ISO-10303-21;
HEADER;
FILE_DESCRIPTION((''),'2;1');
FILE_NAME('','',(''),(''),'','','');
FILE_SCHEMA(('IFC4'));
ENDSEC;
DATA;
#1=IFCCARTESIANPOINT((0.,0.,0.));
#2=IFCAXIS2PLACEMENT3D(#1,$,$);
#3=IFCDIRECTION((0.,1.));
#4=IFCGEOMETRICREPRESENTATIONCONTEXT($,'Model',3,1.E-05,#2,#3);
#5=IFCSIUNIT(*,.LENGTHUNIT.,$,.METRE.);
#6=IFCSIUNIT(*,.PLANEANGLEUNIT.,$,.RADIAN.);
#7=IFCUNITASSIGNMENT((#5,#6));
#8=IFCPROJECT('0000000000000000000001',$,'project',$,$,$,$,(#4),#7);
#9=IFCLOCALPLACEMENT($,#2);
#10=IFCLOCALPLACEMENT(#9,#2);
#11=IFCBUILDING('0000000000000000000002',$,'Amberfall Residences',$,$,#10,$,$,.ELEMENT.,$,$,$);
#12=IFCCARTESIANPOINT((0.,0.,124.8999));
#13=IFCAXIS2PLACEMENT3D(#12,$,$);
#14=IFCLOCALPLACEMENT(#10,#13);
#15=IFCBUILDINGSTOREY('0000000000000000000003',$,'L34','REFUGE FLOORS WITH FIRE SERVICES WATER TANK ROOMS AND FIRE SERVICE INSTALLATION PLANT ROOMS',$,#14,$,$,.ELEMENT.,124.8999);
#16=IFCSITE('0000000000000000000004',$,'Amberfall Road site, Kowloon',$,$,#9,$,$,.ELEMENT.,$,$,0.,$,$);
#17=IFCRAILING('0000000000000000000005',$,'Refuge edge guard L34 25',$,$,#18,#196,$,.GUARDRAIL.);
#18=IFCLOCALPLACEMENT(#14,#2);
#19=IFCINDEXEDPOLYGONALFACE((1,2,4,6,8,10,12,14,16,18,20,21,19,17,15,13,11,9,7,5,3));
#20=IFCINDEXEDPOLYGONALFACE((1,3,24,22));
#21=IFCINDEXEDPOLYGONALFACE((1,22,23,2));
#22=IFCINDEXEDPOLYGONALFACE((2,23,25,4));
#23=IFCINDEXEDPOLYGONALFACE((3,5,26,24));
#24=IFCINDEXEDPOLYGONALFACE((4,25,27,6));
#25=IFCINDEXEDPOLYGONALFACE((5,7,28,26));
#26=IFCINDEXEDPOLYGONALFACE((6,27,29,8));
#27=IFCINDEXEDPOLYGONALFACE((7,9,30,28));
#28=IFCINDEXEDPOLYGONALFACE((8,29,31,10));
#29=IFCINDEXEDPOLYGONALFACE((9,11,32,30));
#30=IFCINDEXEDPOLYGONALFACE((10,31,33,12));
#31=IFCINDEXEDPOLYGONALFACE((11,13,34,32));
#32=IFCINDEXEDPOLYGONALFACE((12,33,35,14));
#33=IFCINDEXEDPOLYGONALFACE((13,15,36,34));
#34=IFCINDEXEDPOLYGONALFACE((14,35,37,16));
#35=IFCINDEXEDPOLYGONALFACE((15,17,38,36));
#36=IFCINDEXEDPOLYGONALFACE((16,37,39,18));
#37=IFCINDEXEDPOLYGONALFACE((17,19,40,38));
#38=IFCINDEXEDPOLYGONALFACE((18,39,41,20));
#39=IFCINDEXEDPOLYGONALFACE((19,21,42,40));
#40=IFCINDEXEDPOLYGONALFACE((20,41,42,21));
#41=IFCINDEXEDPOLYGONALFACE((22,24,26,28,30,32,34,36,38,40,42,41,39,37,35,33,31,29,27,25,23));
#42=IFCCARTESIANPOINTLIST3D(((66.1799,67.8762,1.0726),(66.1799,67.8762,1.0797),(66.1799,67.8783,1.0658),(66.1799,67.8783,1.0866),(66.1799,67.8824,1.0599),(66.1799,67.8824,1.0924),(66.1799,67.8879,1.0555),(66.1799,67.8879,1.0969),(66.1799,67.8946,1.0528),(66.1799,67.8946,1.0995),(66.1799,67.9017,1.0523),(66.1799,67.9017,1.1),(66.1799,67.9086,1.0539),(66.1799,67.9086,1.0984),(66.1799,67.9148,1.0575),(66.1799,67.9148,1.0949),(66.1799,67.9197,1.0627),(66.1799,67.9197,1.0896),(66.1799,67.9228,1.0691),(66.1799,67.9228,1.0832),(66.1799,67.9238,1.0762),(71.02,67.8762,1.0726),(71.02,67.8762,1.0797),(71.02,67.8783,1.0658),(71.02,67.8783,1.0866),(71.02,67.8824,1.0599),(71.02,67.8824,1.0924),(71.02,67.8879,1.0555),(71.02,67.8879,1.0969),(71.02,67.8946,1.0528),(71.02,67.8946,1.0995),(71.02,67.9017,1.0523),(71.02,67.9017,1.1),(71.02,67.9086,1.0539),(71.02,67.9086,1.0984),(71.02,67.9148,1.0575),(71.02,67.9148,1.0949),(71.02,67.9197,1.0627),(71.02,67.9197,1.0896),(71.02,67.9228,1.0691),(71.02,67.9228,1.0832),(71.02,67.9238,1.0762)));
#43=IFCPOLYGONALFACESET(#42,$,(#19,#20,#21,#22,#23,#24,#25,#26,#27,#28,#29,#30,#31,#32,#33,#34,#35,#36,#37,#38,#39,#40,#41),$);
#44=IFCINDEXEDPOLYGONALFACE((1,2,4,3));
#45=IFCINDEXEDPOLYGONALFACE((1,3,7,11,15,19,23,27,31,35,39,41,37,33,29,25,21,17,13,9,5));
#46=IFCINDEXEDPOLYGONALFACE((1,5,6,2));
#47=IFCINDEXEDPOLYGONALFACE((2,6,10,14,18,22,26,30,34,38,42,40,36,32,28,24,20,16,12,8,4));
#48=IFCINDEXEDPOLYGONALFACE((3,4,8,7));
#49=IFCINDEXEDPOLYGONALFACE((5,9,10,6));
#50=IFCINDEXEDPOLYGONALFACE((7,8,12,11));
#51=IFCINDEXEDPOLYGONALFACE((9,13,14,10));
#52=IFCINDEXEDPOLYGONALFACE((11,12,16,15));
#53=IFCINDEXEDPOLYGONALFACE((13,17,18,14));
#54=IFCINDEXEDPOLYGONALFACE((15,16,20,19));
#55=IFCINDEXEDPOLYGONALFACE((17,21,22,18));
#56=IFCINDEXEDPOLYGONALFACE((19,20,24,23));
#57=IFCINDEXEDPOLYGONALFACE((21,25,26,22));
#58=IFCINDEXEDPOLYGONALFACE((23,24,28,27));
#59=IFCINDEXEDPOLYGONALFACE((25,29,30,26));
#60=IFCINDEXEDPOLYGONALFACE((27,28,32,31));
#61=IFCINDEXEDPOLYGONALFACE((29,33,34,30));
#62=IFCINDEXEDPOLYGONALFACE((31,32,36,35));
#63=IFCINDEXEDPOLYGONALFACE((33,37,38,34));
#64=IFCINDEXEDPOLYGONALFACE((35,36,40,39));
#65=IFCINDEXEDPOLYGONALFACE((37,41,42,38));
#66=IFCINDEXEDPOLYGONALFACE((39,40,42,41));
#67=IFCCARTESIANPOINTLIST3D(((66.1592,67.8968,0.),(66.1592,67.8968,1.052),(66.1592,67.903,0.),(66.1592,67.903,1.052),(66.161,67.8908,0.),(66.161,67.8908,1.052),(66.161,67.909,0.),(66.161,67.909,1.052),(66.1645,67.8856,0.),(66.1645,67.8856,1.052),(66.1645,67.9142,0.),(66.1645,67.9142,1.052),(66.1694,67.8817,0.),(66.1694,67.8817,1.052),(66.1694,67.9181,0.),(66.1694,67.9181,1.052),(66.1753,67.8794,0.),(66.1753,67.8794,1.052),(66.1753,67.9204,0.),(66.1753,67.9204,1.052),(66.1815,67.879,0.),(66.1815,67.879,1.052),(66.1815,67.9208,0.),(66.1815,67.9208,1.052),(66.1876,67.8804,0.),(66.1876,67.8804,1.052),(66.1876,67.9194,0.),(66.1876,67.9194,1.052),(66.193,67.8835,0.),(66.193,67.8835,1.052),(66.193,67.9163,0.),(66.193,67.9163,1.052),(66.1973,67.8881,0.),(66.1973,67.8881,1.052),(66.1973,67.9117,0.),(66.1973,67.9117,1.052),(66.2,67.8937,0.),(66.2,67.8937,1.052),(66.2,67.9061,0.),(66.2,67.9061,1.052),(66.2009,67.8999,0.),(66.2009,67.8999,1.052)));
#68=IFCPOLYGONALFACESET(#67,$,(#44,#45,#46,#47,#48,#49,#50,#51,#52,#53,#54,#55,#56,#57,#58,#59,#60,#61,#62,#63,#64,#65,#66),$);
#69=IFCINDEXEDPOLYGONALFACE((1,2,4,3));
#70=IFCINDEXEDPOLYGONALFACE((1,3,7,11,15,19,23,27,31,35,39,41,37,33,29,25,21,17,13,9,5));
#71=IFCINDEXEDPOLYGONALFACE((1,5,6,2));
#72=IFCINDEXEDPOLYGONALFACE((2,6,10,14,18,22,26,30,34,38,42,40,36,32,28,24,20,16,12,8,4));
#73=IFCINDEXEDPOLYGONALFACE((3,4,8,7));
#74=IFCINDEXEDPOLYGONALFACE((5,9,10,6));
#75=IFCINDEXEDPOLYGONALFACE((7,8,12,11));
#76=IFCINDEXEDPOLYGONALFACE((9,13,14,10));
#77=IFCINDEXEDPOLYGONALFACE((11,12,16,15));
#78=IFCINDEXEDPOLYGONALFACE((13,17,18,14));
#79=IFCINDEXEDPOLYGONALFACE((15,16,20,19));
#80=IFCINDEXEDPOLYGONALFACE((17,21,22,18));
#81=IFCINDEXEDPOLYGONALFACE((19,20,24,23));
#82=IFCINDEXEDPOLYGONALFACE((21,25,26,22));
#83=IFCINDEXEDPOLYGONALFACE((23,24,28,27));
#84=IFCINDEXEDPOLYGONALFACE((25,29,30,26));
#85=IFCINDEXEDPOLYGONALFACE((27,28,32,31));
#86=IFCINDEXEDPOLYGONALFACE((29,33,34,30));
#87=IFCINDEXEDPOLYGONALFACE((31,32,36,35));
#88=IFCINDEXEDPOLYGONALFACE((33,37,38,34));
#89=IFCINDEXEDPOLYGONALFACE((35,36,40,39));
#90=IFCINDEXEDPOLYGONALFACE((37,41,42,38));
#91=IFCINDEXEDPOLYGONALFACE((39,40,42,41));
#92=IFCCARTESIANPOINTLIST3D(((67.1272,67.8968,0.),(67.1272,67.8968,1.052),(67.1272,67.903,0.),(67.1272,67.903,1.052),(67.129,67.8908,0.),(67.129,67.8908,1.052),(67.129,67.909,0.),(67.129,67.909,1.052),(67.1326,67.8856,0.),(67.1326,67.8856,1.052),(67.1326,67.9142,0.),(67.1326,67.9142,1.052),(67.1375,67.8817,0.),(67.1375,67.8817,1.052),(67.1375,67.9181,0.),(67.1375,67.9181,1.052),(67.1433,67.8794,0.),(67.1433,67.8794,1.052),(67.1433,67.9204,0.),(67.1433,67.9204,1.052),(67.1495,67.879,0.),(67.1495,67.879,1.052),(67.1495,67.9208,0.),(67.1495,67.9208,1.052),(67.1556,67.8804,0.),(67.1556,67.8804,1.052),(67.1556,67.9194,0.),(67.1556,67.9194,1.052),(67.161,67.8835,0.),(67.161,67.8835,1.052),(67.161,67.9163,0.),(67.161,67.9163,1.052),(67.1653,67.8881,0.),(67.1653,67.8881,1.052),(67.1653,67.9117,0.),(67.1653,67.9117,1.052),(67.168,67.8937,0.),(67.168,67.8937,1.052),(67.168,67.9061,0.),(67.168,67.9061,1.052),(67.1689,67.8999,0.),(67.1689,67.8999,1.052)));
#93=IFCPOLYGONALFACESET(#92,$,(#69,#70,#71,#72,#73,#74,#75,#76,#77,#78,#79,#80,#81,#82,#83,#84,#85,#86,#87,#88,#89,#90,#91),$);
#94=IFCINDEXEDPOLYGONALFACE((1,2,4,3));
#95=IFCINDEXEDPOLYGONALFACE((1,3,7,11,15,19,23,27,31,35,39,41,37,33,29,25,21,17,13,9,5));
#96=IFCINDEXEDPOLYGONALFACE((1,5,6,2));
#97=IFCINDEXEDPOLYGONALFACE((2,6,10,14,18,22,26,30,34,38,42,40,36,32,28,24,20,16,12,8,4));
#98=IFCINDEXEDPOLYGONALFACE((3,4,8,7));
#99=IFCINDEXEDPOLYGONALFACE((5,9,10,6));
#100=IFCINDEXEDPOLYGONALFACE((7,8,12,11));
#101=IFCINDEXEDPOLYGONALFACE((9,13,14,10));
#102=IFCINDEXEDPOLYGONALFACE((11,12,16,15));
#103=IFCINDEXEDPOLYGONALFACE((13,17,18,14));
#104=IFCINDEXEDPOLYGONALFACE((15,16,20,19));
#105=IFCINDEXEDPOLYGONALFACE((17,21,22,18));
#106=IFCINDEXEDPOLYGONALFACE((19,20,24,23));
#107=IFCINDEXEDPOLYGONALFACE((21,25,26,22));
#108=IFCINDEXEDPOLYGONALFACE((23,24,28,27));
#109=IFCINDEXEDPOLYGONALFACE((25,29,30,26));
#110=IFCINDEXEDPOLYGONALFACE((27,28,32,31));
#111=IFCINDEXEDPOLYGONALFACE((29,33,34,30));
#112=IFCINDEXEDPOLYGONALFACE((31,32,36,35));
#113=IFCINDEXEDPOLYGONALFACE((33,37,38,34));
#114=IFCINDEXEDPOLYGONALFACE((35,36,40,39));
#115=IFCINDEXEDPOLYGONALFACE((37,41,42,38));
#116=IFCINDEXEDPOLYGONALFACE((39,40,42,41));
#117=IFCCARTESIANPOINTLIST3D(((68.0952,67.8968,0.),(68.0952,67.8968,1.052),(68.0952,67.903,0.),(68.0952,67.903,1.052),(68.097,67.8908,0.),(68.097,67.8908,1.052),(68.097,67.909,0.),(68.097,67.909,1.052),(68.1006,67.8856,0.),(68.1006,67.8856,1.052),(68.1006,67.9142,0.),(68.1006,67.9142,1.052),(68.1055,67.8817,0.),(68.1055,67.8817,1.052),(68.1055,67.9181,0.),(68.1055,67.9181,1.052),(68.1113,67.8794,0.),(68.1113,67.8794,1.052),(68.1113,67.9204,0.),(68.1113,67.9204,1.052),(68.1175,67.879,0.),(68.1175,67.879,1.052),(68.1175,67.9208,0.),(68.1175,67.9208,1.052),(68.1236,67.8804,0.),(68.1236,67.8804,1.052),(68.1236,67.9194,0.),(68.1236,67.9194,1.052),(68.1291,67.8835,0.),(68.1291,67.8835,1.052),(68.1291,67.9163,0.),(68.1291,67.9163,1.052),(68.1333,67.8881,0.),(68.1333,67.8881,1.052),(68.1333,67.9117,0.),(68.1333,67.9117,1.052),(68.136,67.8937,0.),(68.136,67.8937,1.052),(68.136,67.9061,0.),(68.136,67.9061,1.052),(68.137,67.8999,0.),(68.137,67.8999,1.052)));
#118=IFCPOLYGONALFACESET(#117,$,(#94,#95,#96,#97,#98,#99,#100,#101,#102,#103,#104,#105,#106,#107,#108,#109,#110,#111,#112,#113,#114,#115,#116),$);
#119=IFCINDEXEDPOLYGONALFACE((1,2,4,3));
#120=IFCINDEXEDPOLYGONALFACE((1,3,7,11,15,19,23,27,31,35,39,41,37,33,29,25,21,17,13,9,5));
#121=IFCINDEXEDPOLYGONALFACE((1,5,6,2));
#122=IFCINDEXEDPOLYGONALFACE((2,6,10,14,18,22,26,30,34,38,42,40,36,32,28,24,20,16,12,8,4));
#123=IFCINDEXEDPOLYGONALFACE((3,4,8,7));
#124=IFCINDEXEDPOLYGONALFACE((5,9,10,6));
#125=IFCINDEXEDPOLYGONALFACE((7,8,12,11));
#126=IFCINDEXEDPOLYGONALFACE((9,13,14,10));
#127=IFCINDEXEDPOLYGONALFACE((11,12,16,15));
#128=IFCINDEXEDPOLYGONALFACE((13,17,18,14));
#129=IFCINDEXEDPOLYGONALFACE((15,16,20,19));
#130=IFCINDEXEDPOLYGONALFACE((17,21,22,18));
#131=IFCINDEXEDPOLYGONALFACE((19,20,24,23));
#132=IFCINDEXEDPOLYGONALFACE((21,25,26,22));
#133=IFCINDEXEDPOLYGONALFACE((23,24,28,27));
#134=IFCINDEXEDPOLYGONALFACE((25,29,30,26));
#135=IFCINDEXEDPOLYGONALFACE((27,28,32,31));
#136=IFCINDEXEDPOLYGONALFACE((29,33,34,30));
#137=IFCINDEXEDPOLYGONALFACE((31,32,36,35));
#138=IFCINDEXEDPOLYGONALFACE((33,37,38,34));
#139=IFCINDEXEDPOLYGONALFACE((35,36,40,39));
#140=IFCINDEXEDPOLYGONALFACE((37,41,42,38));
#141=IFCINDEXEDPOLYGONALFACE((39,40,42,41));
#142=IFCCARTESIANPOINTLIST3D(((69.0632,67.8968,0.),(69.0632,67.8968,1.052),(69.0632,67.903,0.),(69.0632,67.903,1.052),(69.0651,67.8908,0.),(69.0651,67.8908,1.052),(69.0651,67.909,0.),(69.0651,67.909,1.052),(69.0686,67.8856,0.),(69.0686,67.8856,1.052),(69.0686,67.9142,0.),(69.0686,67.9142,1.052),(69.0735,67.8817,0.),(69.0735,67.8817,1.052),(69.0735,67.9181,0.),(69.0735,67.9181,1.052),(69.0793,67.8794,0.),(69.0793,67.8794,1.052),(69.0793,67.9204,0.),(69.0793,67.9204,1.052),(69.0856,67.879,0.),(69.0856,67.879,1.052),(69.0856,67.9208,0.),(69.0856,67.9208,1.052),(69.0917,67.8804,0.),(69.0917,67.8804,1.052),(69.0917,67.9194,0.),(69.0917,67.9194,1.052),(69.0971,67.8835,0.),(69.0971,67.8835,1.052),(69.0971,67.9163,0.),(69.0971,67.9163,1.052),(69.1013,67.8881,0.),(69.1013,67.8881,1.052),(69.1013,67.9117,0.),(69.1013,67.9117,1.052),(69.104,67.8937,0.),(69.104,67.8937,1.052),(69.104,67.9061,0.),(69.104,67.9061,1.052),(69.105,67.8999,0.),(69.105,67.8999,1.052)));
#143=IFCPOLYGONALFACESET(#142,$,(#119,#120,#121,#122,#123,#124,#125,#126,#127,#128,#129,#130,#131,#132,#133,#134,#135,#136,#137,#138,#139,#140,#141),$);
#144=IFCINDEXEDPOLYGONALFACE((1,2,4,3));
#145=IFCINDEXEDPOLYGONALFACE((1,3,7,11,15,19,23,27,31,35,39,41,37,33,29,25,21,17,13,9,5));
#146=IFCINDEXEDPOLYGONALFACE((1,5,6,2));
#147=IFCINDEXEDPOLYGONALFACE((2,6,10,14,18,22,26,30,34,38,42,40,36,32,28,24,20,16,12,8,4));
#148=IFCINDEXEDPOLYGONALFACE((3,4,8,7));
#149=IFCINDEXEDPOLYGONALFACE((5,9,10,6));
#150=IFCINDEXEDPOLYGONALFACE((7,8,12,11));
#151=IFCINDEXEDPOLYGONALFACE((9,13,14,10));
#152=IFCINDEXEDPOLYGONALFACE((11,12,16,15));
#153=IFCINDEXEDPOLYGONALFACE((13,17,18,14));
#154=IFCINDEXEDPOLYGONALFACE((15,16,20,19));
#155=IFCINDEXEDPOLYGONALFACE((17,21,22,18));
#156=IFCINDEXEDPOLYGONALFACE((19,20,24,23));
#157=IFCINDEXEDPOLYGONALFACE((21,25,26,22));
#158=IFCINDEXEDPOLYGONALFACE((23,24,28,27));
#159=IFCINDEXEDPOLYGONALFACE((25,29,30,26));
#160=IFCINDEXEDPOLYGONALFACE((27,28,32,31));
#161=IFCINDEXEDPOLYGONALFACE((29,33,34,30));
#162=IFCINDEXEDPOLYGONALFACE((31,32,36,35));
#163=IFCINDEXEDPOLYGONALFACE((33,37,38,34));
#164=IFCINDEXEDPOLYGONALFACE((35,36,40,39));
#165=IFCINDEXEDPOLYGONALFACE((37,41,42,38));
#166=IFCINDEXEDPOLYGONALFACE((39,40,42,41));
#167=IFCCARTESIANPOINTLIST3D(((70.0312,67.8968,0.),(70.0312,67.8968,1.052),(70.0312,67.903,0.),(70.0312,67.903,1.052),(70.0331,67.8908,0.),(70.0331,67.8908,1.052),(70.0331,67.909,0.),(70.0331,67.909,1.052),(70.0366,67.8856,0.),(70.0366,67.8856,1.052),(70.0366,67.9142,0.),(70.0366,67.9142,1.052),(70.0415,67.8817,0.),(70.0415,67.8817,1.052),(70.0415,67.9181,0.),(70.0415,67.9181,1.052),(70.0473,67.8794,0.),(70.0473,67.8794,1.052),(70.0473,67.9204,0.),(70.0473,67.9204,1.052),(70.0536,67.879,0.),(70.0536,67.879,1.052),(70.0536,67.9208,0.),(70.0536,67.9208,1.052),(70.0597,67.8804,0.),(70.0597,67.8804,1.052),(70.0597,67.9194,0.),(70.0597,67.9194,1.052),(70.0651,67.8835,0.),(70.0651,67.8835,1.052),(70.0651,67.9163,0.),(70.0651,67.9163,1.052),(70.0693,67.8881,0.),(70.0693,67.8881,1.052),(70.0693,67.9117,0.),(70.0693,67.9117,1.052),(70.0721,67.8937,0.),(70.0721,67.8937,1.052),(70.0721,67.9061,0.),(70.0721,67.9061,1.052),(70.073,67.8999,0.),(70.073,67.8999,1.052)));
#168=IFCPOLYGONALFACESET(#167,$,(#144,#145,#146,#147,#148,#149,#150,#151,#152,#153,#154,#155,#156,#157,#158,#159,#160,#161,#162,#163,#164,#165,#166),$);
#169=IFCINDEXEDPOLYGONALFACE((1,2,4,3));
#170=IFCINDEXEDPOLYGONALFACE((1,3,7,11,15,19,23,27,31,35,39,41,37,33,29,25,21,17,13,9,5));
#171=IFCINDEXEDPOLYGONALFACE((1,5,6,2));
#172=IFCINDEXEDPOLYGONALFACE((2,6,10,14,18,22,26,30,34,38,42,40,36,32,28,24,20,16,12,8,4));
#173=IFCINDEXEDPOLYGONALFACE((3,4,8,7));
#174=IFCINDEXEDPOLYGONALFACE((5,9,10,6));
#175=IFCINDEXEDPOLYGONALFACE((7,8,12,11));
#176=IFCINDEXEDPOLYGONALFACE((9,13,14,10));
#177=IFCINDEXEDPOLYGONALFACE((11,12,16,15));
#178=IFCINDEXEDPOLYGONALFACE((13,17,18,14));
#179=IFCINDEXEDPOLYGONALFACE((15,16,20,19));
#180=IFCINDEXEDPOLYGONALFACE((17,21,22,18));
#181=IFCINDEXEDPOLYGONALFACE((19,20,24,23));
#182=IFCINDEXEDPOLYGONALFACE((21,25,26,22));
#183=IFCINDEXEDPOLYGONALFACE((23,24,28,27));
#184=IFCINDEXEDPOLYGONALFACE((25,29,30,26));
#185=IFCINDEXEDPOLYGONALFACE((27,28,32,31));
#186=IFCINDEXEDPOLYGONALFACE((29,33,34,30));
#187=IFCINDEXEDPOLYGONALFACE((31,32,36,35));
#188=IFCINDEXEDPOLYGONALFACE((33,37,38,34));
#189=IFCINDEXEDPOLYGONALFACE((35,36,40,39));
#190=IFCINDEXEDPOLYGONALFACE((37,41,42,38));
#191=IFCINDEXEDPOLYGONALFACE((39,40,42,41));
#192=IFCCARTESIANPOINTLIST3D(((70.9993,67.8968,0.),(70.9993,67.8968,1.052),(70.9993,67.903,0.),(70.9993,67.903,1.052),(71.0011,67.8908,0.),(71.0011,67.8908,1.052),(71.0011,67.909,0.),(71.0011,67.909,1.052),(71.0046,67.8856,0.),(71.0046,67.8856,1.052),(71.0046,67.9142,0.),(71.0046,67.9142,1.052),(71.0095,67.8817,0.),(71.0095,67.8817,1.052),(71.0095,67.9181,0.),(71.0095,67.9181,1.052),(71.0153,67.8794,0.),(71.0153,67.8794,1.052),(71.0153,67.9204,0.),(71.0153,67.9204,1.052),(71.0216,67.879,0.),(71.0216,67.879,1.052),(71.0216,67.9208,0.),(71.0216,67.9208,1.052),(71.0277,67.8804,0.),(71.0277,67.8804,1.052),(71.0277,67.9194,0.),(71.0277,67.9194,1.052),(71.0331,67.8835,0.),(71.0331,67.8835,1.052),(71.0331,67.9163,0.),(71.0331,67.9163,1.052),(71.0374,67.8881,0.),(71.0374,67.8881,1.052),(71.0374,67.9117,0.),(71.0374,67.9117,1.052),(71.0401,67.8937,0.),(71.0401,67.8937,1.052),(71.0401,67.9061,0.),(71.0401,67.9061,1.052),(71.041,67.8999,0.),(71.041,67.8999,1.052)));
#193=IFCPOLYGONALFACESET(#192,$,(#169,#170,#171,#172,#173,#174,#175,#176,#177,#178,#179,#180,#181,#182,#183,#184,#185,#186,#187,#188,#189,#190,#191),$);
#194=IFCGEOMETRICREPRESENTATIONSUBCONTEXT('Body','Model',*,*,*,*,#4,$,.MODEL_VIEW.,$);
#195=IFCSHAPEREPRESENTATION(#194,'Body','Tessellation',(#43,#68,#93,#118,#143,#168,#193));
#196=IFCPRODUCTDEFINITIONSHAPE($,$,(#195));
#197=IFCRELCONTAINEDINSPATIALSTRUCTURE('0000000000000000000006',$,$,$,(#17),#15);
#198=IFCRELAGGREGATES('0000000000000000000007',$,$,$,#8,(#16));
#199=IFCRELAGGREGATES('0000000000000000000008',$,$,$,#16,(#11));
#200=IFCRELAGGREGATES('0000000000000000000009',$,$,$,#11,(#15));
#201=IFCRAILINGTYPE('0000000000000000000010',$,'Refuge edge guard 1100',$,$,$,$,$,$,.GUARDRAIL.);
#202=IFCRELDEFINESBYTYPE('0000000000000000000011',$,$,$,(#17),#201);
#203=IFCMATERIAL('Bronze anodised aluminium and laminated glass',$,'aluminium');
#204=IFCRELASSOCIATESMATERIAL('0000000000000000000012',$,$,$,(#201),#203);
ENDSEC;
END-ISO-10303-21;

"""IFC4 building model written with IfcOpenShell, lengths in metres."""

from ifc_helpers import new_model, si_unit, direction, frame, origin, origin_2d, place, context, subcontext, project, spatial, circle, extrude, material, type_object, element, save


model = new_model("IFC4")

# Units and contexts
model_context = context("Model", 3, precision=1e-05, world=origin(), true_north=direction((0.0, 1.0)))
body_context = subcontext(model_context, "Body", "Model", "MODEL_VIEW")
ifc_project = project(units=[si_unit("LENGTHUNIT", "METRE"), si_unit("PLANEANGLEUNIT", "RADIAN")], contexts=[model_context])

# Site, building, storey
site_placement = place(None, origin())
site = spatial("IfcSite", under=ifc_project, at=site_placement, Name="Amberfall Road site, Kowloon", CompositionType="ELEMENT", RefElevation=0.0)
building_placement = place(site_placement, origin())
building = spatial("IfcBuilding", under=site, at=building_placement, Name="Amberfall Residences", CompositionType="ELEMENT")
storey_placement = place(building_placement, frame((0.0, 0.0, 124.8999)))
storey = spatial("IfcBuildingStorey", under=building, at=storey_placement, Name="L34", Description="REFUGE FLOORS WITH FIRE SERVICES WATER TANK ROOMS AND FIRE SERVICE INSTALLATION PLANT ROOMS", CompositionType="ELEMENT", Elevation=124.8999)

# Railing
ifc_material_1 = material(Name="Bronze anodised aluminium and laminated glass", Category="aluminium")
railing_type = type_object("IfcRailingType", Name="Refuge edge guard 1100", PredefinedType="GUARDRAIL", material=ifc_material_1)
for number, where, name in (
    (1, (66.1799, 67.8999, 0.0), "Refuge edge guard L34 25"),
):
    element("IfcRailing", number, at=place(storey_placement, frame(where)), inside=storey, type_object=railing_type, Name=name, PredefinedType="GUARDRAIL", context=body_context, shape_type="SweptSolid", body=[
        extrude(circle(Radius=0.0239, at=origin_2d()), frame((0.0, 0.0, 1.0762), z_axis=(1.0, 0.0, 0.0), x_axis=(0.0, 1.0, 0.0)), (0.0, 0.0, 1.0), 4.8401),
        extrude(circle(Radius=0.021, at=origin_2d()), origin(), (0.0, 0.0, 1.0), 1.052),
        extrude(circle(Radius=0.021, at=origin_2d()), frame((0.968, 0.0, 0.0)), (0.0, 0.0, 1.0), 1.052),
        extrude(circle(Radius=0.021, at=origin_2d()), frame((1.936, 0.0, 0.0)), (0.0, 0.0, 1.0), 1.052),
        extrude(circle(Radius=0.021, at=origin_2d()), frame((2.9041, 0.0, 0.0)), (0.0, 0.0, 1.0), 1.052),
        extrude(circle(Radius=0.021, at=origin_2d()), frame((3.8721, 0.0, 0.0)), (0.0, 0.0, 1.0), 1.052),
        extrude(circle(Radius=0.021, at=origin_2d()), frame((4.8401, 0.0, 0.0)), (0.0, 0.0, 1.0), 1.052),
    ])

save(model, "model.ifc")
